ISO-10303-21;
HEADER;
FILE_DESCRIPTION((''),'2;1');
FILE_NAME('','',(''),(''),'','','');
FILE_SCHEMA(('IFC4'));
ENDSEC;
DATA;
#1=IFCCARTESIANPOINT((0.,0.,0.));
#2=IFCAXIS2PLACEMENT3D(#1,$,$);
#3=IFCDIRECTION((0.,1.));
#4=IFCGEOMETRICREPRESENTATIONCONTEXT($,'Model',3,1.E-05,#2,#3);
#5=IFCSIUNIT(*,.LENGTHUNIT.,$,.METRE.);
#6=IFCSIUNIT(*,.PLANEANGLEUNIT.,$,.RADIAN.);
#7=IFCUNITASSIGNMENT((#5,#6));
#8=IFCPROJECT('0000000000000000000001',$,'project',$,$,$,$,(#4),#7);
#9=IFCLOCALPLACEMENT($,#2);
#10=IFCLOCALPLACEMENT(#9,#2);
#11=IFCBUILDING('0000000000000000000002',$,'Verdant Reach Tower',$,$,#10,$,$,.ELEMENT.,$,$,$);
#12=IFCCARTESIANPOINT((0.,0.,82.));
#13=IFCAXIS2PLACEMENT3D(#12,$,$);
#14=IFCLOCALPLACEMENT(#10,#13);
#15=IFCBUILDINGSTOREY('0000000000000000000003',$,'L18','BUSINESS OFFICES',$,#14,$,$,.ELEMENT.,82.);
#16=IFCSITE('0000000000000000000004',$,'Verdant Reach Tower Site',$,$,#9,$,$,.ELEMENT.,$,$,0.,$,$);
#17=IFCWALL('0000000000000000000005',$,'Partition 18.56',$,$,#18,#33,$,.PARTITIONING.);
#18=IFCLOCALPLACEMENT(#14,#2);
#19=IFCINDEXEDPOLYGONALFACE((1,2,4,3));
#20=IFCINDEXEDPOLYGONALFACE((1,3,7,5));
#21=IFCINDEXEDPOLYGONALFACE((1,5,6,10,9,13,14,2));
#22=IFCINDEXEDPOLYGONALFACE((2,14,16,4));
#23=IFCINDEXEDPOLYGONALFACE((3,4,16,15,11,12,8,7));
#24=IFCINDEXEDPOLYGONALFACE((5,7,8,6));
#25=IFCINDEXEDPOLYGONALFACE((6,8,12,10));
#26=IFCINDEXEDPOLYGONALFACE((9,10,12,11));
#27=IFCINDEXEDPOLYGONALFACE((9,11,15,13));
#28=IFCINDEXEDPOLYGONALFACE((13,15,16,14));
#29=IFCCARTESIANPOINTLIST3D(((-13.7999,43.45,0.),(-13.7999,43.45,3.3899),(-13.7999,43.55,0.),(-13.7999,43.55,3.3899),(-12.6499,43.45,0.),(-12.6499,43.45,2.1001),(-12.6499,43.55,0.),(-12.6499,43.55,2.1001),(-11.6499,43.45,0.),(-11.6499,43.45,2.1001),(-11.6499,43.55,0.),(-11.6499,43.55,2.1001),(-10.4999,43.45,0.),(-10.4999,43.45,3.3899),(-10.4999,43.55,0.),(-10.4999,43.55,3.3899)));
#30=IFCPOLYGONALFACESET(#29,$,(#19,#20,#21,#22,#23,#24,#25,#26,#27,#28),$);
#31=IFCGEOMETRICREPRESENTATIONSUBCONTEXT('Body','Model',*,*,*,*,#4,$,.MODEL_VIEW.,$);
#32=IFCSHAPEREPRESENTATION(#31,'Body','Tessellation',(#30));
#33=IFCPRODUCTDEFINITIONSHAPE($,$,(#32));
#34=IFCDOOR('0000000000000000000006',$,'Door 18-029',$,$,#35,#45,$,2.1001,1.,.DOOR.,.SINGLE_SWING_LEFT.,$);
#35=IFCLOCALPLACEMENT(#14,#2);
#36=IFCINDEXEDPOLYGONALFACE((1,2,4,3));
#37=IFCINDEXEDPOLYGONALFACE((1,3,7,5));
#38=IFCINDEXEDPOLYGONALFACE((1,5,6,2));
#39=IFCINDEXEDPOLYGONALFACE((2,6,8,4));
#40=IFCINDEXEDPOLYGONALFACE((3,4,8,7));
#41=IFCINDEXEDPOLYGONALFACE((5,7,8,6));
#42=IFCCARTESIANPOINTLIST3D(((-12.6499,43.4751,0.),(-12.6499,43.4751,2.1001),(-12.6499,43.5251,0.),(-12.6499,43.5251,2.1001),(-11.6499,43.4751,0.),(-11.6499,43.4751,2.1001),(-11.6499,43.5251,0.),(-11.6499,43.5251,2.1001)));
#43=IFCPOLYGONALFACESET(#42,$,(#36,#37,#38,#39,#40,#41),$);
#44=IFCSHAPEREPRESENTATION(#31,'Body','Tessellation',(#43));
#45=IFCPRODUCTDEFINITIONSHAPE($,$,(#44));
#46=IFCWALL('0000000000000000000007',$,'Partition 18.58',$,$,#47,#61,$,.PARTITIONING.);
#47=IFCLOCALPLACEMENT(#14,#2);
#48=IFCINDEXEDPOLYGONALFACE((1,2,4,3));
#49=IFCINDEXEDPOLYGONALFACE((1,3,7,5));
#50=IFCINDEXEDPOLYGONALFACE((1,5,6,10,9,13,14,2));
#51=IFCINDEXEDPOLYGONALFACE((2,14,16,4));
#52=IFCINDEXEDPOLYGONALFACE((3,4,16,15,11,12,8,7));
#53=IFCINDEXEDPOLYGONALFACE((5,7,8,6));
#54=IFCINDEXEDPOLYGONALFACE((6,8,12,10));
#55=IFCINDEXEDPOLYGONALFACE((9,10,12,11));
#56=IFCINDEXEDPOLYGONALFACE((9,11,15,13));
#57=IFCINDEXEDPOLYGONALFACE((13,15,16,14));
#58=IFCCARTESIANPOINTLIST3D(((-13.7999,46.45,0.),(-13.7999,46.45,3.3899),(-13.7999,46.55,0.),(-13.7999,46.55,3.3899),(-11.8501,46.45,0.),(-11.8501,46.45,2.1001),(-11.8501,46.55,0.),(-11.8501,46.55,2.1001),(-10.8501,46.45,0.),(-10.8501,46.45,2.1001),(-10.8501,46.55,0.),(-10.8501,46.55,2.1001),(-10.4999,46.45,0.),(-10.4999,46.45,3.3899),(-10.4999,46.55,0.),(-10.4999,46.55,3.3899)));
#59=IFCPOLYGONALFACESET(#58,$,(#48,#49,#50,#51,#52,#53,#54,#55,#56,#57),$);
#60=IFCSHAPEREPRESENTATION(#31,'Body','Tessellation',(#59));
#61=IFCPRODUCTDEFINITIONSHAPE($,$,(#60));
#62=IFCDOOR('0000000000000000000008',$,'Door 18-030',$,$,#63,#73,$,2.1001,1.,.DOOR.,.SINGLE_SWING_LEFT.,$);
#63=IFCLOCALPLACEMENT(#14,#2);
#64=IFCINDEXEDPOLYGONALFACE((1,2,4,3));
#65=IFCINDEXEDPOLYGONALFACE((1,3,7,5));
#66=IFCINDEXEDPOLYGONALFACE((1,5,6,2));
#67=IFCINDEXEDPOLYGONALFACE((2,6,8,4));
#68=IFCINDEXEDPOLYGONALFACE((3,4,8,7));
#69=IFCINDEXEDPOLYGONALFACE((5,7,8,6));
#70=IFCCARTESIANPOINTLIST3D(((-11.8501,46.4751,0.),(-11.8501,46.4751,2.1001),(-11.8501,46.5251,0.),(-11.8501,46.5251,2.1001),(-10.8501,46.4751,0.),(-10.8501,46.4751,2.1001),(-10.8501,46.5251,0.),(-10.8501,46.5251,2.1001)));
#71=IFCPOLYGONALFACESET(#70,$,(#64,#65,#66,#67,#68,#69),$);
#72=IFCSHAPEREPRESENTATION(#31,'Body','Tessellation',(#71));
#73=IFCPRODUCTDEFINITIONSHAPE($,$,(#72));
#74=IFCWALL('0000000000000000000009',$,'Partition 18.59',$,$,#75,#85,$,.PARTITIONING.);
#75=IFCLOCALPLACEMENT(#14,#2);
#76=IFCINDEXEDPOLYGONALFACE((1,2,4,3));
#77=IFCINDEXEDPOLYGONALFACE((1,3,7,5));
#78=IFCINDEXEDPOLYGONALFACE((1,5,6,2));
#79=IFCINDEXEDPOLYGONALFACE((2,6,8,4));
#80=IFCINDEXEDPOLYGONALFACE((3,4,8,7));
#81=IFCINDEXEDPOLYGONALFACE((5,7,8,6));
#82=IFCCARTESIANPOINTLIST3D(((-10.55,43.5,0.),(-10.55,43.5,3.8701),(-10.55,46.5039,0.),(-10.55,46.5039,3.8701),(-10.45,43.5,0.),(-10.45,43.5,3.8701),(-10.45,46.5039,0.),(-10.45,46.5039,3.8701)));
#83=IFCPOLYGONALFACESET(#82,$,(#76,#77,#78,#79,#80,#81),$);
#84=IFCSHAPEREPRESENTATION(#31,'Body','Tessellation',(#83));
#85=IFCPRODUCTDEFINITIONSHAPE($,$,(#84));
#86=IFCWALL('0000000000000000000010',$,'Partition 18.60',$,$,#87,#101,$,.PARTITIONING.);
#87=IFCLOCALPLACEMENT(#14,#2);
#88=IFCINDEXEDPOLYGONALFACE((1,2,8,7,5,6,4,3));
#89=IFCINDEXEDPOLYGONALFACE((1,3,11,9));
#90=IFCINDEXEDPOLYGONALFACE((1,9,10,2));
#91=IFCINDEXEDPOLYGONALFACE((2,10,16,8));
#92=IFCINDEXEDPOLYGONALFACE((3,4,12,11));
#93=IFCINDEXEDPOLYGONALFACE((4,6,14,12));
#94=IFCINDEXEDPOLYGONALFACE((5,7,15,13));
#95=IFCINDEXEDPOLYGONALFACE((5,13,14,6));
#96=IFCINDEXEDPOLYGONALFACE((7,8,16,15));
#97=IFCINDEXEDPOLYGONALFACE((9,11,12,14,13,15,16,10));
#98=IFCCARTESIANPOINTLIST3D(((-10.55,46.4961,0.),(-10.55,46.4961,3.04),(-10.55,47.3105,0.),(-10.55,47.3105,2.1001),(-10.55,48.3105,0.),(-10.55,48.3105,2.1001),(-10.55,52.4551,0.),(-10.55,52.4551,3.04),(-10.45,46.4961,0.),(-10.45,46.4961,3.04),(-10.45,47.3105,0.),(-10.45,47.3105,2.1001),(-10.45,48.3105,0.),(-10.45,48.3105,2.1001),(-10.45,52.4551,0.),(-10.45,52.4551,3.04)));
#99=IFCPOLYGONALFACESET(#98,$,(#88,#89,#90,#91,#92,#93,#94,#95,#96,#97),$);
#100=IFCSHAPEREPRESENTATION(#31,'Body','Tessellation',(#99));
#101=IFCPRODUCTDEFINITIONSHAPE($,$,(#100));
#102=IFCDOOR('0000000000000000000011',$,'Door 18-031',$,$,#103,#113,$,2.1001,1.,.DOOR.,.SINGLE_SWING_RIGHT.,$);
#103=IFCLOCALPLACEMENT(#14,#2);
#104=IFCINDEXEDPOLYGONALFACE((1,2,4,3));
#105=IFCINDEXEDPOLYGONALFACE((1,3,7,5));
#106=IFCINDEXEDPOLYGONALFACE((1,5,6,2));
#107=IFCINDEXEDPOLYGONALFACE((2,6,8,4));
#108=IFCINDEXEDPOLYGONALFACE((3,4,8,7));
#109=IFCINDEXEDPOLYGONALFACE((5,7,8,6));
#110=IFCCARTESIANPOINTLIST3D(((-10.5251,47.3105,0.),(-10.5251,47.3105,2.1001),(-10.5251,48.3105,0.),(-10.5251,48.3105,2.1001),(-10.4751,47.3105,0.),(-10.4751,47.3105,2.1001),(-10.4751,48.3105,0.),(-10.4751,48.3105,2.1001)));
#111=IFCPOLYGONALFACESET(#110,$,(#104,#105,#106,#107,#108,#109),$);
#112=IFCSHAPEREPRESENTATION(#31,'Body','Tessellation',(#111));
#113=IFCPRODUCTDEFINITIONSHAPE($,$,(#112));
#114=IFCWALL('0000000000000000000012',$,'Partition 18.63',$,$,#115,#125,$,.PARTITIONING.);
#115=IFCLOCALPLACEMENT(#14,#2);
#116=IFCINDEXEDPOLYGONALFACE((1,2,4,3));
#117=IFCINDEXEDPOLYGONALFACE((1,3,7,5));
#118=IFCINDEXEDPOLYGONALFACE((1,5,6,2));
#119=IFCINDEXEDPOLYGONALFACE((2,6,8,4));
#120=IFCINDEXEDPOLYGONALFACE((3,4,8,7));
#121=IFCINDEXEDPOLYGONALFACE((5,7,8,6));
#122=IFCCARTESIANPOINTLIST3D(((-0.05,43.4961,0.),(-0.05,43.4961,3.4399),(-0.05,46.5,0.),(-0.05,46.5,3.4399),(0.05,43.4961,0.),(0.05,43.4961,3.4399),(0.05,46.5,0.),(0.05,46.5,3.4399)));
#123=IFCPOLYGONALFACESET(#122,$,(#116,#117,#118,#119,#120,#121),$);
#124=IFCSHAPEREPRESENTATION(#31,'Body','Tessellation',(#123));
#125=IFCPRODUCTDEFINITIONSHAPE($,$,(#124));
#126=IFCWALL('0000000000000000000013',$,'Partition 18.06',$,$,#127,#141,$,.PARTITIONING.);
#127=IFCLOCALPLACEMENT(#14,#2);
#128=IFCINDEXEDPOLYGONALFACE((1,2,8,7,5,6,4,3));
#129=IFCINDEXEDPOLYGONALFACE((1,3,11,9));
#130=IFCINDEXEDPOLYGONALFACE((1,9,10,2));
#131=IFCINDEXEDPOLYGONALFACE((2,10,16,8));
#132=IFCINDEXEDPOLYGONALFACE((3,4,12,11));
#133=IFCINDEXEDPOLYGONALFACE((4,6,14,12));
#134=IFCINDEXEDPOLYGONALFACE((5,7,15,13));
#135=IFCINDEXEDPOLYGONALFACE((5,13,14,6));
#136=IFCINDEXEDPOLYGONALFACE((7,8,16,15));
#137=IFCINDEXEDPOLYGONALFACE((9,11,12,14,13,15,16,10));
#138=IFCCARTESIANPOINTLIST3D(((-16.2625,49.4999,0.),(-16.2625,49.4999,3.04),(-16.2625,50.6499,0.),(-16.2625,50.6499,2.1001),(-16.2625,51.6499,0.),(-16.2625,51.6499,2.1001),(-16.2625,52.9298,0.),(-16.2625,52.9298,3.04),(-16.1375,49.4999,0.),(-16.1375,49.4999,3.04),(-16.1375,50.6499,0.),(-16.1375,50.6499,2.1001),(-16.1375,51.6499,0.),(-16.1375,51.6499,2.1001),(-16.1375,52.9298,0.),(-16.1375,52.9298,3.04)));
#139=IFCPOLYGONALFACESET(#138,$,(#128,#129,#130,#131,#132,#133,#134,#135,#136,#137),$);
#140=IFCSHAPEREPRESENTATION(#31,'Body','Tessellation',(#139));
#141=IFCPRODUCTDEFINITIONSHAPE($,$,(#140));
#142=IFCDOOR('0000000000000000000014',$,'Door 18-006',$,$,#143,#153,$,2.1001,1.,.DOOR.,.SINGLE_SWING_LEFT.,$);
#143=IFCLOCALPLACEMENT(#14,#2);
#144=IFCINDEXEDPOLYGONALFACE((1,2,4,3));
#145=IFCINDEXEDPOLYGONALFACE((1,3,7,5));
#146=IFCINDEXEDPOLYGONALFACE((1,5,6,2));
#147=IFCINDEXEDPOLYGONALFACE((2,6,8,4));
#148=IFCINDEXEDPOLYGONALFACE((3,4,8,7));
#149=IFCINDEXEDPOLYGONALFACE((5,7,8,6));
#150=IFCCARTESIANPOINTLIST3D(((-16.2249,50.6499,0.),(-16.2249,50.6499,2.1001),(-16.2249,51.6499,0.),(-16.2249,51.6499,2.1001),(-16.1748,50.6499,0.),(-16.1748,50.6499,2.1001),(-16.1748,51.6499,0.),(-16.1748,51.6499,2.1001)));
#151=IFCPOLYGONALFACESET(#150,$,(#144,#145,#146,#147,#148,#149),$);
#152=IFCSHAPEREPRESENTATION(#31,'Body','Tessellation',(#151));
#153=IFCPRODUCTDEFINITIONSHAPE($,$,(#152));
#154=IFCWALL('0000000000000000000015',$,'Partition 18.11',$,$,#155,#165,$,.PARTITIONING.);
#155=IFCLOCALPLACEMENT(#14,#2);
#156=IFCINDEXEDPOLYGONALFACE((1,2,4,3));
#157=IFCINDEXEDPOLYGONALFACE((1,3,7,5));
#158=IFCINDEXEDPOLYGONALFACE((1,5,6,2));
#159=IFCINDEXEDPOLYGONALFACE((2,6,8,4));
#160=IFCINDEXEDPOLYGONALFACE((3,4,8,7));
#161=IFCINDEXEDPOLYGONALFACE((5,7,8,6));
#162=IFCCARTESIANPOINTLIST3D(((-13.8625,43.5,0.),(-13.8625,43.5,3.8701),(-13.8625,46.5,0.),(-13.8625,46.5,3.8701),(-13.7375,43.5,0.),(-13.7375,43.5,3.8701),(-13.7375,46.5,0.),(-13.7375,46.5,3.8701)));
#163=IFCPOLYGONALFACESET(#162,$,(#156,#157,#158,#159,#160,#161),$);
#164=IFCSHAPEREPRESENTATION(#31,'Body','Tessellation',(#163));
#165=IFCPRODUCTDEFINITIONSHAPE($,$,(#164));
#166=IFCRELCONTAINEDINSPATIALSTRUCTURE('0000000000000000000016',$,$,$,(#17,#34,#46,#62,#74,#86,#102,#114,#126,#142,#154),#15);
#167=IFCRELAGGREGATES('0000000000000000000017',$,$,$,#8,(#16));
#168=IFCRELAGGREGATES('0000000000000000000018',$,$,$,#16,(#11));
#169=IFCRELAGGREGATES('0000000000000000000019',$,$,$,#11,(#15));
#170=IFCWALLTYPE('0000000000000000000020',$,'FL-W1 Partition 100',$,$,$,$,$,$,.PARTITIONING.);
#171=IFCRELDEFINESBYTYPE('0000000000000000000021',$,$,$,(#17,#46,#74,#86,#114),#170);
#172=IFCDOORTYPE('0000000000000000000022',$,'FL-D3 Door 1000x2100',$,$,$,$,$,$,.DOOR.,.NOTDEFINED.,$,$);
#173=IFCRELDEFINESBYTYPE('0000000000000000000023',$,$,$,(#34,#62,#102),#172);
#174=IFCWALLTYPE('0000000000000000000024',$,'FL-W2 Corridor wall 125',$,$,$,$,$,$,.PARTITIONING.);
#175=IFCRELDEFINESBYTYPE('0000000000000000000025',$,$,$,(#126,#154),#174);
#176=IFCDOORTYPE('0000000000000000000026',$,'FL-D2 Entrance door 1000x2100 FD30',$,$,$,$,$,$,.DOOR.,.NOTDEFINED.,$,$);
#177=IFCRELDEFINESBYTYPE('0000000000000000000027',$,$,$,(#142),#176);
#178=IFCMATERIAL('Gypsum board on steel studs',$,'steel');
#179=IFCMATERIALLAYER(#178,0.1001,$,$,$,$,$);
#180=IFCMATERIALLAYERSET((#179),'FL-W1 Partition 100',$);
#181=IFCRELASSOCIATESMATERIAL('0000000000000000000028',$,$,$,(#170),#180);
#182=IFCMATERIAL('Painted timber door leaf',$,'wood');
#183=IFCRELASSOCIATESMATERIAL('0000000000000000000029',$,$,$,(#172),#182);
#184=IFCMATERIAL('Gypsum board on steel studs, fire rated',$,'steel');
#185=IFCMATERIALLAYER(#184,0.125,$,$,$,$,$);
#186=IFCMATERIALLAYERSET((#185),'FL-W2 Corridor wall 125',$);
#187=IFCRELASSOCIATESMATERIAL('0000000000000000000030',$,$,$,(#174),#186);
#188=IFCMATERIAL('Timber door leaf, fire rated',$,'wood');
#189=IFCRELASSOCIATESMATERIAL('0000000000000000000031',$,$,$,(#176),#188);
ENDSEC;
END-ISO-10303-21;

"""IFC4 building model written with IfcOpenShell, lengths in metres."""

from ifc_helpers import new_model, si_unit, direction, frame, frame_2d, origin, place, context, subcontext, project, spatial, rectangle, extrude, material, layer, layer_set, type_object, element, fill, save


model = new_model("IFC4")

# Units and contexts
model_context = context("Model", 3, precision=1e-05, world=origin(), true_north=direction((0.0, 1.0)))
body_context = subcontext(model_context, "Body", "Model", "MODEL_VIEW")
ifc_project = project(units=[si_unit("LENGTHUNIT", "METRE"), si_unit("PLANEANGLEUNIT", "RADIAN")], contexts=[model_context])

# Site, building, storey
site_placement = place(None, origin())
site = spatial("IfcSite", under=ifc_project, at=site_placement, Name="Verdant Reach Tower Site", CompositionType="ELEMENT", RefElevation=0.0)
building_placement = place(site_placement, origin())
building = spatial("IfcBuilding", under=site, at=building_placement, Name="Verdant Reach Tower", CompositionType="ELEMENT")
storey_placement = place(building_placement, frame((0.0, 0.0, 82.0)))
storey = spatial("IfcBuildingStorey", under=building, at=storey_placement, Name="L18", Description="BUSINESS OFFICES", CompositionType="ELEMENT", Elevation=82.0)

# Shared definitions
ifc_material_1 = material(Name="Gypsum board on steel studs", Category="steel")
ifc_layer_1 = layer(ifc_material_1, 0.1001)
ifc_layer_set_1 = layer_set([ifc_layer_1], Name="FL-W1 Partition 100")
wall_type_1 = type_object("IfcWallType", Name="FL-W1 Partition 100", PredefinedType="PARTITIONING", material=ifc_layer_set_1)

# Walls, openings, doors
wall_1_placement = place(storey_placement, frame((-10.5, 43.5, 0.0), z_axis=(0.0, 0.0, 1.0), x_axis=(-1.0, 0.0, 0.0)))
wall_1 = element("IfcWall", 1, at=wall_1_placement, inside=storey, type_object=wall_type_1, Name="Partition 18.56", PredefinedType="PARTITIONING", context=body_context, shape_type="SweptSolid", body=[
    extrude(rectangle(XDim=3.3, YDim=0.1001, at=frame_2d((1.6499, 0.0))), origin(), (0.0, 0.0, 1.0), 3.3899),
])
opening_1_placement = place(wall_1_placement, frame((1.1499, 0.0, 0.0)))
opening_1 = element("IfcOpeningElement", 2, at=opening_1_placement, cuts=wall_1, PredefinedType="OPENING", context=body_context, shape_type="SweptSolid", body=[
    extrude(rectangle(XDim=1.0, YDim=2.1001, at=frame_2d((0.5, 1.05))), frame((0.0, 0.0601, 0.0), z_axis=(0.0, -1.0, 0.0), x_axis=(1.0, 0.0, 0.0)), (0.0, 0.0, 1.0), 0.1201),
])
ifc_material_2 = material(Name="Painted timber door leaf", Category="wood")
door_type_1 = type_object("IfcDoorType", Name="FL-D3 Door 1000x2100", OperationType="NOTDEFINED", PredefinedType="DOOR", material=ifc_material_2)
door_1_placement = place(opening_1_placement, origin())
door_1 = element("IfcDoor", 3, at=door_1_placement, inside=storey, type_object=door_type_1, Name="Door 18-029", OperationType="SINGLE_SWING_LEFT", OverallHeight=2.1001, OverallWidth=1.0, PredefinedType="DOOR", context=body_context, shape_type="SweptSolid", body=[
    extrude(rectangle(XDim=1.0, YDim=2.1001, at=frame_2d((0.5, 1.05))), frame((0.0, 0.0249, 0.0), z_axis=(0.0, -1.0, 0.0), x_axis=(1.0, 0.0, 0.0)), (0.0, 0.0, 1.0), 0.05),
])
fill(opening_1, door_1)
wall_2_placement = place(storey_placement, frame((-10.5, 46.5, 0.0), z_axis=(0.0, 0.0, 1.0), x_axis=(-1.0, 0.0, 0.0)))
wall_2 = element("IfcWall", 4, at=wall_2_placement, inside=storey, type_object=wall_type_1, Name="Partition 18.58", PredefinedType="PARTITIONING", context=body_context, shape_type="SweptSolid", body=[
    extrude(rectangle(XDim=3.3, YDim=0.1001, at=frame_2d((1.6499, 0.0))), origin(), (0.0, 0.0, 1.0), 3.3899),
])
opening_2_placement = place(wall_2_placement, frame((0.3501, 0.0, 0.0)))
opening_2 = element("IfcOpeningElement", 5, at=opening_2_placement, cuts=wall_2, PredefinedType="OPENING", context=body_context, shape_type="SweptSolid", body=[
    extrude(rectangle(XDim=1.0, YDim=2.1001, at=frame_2d((0.5, 1.05))), frame((0.0, 0.0601, 0.0), z_axis=(0.0, -1.0, 0.0), x_axis=(1.0, 0.0, 0.0)), (0.0, 0.0, 1.0), 0.1201),
])
door_2_placement = place(opening_2_placement, origin())
door_2 = element("IfcDoor", 6, at=door_2_placement, inside=storey, type_object=door_type_1, Name="Door 18-030", OperationType="SINGLE_SWING_LEFT", OverallHeight=2.1001, OverallWidth=1.0, PredefinedType="DOOR", context=body_context, shape_type="SweptSolid", body=[
    extrude(rectangle(XDim=1.0, YDim=2.1001, at=frame_2d((0.5, 1.05))), frame((0.0, 0.0249, 0.0), z_axis=(0.0, -1.0, 0.0), x_axis=(1.0, 0.0, 0.0)), (0.0, 0.0, 1.0), 0.05),
])
fill(opening_2, door_2)

# Wall
wall_3_placement = place(storey_placement, frame((-10.5, 43.5, 0.0), z_axis=(0.0, 0.0, 1.0), x_axis=(0.0, 1.0, 0.0)))
element("IfcWall", 7, at=wall_3_placement, inside=storey, type_object=wall_type_1, Name="Partition 18.59", PredefinedType="PARTITIONING", context=body_context, shape_type="SweptSolid", body=[
    extrude(rectangle(XDim=3.0039, YDim=0.1001, at=frame_2d((1.502, 0.0))), origin(), (0.0, 0.0, 1.0), 3.8701),
])

# Wall, opening, door
wall_4_placement = place(storey_placement, frame((-10.5, 52.4551, 0.0), z_axis=(0.0, 0.0, 1.0), x_axis=(0.0, -1.0, 0.0)))
wall_4 = element("IfcWall", 8, at=wall_4_placement, inside=storey, type_object=wall_type_1, Name="Partition 18.60", PredefinedType="PARTITIONING", context=body_context, shape_type="SweptSolid", body=[
    extrude(rectangle(XDim=5.959, YDim=0.1001, at=frame_2d((2.9795, 0.0))), origin(), (0.0, 0.0, 1.0), 3.04),
])
opening_3_placement = place(wall_4_placement, frame((4.1445, 0.0, 0.0)))
opening_3 = element("IfcOpeningElement", 9, at=opening_3_placement, cuts=wall_4, PredefinedType="OPENING", context=body_context, shape_type="SweptSolid", body=[
    extrude(rectangle(XDim=1.0, YDim=2.1001, at=frame_2d((0.5, 1.05))), frame((0.0, 0.0601, 0.0), z_axis=(0.0, -1.0, 0.0), x_axis=(1.0, 0.0, 0.0)), (0.0, 0.0, 1.0), 0.1201),
])
door_3_placement = place(opening_3_placement, origin())
door_3 = element("IfcDoor", 10, at=door_3_placement, inside=storey, type_object=door_type_1, Name="Door 18-031", OperationType="SINGLE_SWING_RIGHT", OverallHeight=2.1001, OverallWidth=1.0, PredefinedType="DOOR", context=body_context, shape_type="SweptSolid", body=[
    extrude(rectangle(XDim=1.0, YDim=2.1001, at=frame_2d((0.5, 1.05))), frame((0.0, 0.0249, 0.0), z_axis=(0.0, -1.0, 0.0), x_axis=(1.0, 0.0, 0.0)), (0.0, 0.0, 1.0), 0.05),
])
fill(opening_3, door_3)

# Wall
wall_5_placement = place(storey_placement, frame((0.0, 43.4961, 0.0), z_axis=(0.0, 0.0, 1.0), x_axis=(0.0, 1.0, 0.0)))
element("IfcWall", 11, at=wall_5_placement, inside=storey, type_object=wall_type_1, Name="Partition 18.63", PredefinedType="PARTITIONING", context=body_context, shape_type="SweptSolid", body=[
    extrude(rectangle(XDim=3.0039, YDim=0.1001, at=frame_2d((1.502, 0.0))), origin(), (0.0, 0.0, 1.0), 3.4399),
])

# Wall, opening, door
ifc_material_3 = material(Name="Gypsum board on steel studs, fire rated", Category="steel")
ifc_layer_2 = layer(ifc_material_3, 0.125)
ifc_layer_set_2 = layer_set([ifc_layer_2], Name="FL-W2 Corridor wall 125")
wall_type_2 = type_object("IfcWallType", Name="FL-W2 Corridor wall 125", PredefinedType="PARTITIONING", material=ifc_layer_set_2)
wall_6_placement = place(storey_placement, frame((-16.2, 49.5, 0.0), z_axis=(0.0, 0.0, 1.0), x_axis=(0.0, 1.0, 0.0)))
wall_6 = element("IfcWall", 12, at=wall_6_placement, inside=storey, type_object=wall_type_2, Name="Partition 18.06", PredefinedType="PARTITIONING", context=body_context, shape_type="SweptSolid", body=[
    extrude(rectangle(XDim=3.4299, YDim=0.125, at=frame_2d((1.7148, 0.0))), origin(), (0.0, 0.0, 1.0), 3.04),
])
opening_4_placement = place(wall_6_placement, frame((1.1499, 0.0, 0.0)))
opening_4 = element("IfcOpeningElement", 13, at=opening_4_placement, cuts=wall_6, PredefinedType="OPENING", context=body_context, shape_type="SweptSolid", body=[
    extrude(rectangle(XDim=1.0, YDim=2.1001, at=frame_2d((0.5, 1.05))), frame((0.0, 0.0725, 0.0), z_axis=(0.0, -1.0, 0.0), x_axis=(1.0, 0.0, 0.0)), (0.0, 0.0, 1.0), 0.145),
])
ifc_material_4 = material(Name="Timber door leaf, fire rated", Category="wood")
door_type_2 = type_object("IfcDoorType", Name="FL-D2 Entrance door 1000x2100 FD30", OperationType="NOTDEFINED", PredefinedType="DOOR", material=ifc_material_4)
door_4_placement = place(opening_4_placement, origin())
door_4 = element("IfcDoor", 14, at=door_4_placement, inside=storey, type_object=door_type_2, Name="Door 18-006", OperationType="SINGLE_SWING_LEFT", OverallHeight=2.1001, OverallWidth=1.0, PredefinedType="DOOR", context=body_context, shape_type="SweptSolid", body=[
    extrude(rectangle(XDim=1.0, YDim=2.1001, at=frame_2d((0.5, 1.05))), frame((0.0, 0.0249, 0.0), z_axis=(0.0, -1.0, 0.0), x_axis=(1.0, 0.0, 0.0)), (0.0, 0.0, 1.0), 0.05),
])
fill(opening_4, door_4)

# Wall
wall_7_placement = place(storey_placement, frame((-13.8, 43.5, 0.0), z_axis=(0.0, 0.0, 1.0), x_axis=(0.0, 1.0, 0.0)))
element("IfcWall", 15, at=wall_7_placement, inside=storey, type_object=wall_type_2, Name="Partition 18.11", PredefinedType="PARTITIONING", context=body_context, shape_type="SweptSolid", body=[
    extrude(rectangle(XDim=3.0, YDim=0.125, at=frame_2d((1.5, 0.0))), origin(), (0.0, 0.0, 1.0), 3.8701),
])

save(model, "model.ifc")
